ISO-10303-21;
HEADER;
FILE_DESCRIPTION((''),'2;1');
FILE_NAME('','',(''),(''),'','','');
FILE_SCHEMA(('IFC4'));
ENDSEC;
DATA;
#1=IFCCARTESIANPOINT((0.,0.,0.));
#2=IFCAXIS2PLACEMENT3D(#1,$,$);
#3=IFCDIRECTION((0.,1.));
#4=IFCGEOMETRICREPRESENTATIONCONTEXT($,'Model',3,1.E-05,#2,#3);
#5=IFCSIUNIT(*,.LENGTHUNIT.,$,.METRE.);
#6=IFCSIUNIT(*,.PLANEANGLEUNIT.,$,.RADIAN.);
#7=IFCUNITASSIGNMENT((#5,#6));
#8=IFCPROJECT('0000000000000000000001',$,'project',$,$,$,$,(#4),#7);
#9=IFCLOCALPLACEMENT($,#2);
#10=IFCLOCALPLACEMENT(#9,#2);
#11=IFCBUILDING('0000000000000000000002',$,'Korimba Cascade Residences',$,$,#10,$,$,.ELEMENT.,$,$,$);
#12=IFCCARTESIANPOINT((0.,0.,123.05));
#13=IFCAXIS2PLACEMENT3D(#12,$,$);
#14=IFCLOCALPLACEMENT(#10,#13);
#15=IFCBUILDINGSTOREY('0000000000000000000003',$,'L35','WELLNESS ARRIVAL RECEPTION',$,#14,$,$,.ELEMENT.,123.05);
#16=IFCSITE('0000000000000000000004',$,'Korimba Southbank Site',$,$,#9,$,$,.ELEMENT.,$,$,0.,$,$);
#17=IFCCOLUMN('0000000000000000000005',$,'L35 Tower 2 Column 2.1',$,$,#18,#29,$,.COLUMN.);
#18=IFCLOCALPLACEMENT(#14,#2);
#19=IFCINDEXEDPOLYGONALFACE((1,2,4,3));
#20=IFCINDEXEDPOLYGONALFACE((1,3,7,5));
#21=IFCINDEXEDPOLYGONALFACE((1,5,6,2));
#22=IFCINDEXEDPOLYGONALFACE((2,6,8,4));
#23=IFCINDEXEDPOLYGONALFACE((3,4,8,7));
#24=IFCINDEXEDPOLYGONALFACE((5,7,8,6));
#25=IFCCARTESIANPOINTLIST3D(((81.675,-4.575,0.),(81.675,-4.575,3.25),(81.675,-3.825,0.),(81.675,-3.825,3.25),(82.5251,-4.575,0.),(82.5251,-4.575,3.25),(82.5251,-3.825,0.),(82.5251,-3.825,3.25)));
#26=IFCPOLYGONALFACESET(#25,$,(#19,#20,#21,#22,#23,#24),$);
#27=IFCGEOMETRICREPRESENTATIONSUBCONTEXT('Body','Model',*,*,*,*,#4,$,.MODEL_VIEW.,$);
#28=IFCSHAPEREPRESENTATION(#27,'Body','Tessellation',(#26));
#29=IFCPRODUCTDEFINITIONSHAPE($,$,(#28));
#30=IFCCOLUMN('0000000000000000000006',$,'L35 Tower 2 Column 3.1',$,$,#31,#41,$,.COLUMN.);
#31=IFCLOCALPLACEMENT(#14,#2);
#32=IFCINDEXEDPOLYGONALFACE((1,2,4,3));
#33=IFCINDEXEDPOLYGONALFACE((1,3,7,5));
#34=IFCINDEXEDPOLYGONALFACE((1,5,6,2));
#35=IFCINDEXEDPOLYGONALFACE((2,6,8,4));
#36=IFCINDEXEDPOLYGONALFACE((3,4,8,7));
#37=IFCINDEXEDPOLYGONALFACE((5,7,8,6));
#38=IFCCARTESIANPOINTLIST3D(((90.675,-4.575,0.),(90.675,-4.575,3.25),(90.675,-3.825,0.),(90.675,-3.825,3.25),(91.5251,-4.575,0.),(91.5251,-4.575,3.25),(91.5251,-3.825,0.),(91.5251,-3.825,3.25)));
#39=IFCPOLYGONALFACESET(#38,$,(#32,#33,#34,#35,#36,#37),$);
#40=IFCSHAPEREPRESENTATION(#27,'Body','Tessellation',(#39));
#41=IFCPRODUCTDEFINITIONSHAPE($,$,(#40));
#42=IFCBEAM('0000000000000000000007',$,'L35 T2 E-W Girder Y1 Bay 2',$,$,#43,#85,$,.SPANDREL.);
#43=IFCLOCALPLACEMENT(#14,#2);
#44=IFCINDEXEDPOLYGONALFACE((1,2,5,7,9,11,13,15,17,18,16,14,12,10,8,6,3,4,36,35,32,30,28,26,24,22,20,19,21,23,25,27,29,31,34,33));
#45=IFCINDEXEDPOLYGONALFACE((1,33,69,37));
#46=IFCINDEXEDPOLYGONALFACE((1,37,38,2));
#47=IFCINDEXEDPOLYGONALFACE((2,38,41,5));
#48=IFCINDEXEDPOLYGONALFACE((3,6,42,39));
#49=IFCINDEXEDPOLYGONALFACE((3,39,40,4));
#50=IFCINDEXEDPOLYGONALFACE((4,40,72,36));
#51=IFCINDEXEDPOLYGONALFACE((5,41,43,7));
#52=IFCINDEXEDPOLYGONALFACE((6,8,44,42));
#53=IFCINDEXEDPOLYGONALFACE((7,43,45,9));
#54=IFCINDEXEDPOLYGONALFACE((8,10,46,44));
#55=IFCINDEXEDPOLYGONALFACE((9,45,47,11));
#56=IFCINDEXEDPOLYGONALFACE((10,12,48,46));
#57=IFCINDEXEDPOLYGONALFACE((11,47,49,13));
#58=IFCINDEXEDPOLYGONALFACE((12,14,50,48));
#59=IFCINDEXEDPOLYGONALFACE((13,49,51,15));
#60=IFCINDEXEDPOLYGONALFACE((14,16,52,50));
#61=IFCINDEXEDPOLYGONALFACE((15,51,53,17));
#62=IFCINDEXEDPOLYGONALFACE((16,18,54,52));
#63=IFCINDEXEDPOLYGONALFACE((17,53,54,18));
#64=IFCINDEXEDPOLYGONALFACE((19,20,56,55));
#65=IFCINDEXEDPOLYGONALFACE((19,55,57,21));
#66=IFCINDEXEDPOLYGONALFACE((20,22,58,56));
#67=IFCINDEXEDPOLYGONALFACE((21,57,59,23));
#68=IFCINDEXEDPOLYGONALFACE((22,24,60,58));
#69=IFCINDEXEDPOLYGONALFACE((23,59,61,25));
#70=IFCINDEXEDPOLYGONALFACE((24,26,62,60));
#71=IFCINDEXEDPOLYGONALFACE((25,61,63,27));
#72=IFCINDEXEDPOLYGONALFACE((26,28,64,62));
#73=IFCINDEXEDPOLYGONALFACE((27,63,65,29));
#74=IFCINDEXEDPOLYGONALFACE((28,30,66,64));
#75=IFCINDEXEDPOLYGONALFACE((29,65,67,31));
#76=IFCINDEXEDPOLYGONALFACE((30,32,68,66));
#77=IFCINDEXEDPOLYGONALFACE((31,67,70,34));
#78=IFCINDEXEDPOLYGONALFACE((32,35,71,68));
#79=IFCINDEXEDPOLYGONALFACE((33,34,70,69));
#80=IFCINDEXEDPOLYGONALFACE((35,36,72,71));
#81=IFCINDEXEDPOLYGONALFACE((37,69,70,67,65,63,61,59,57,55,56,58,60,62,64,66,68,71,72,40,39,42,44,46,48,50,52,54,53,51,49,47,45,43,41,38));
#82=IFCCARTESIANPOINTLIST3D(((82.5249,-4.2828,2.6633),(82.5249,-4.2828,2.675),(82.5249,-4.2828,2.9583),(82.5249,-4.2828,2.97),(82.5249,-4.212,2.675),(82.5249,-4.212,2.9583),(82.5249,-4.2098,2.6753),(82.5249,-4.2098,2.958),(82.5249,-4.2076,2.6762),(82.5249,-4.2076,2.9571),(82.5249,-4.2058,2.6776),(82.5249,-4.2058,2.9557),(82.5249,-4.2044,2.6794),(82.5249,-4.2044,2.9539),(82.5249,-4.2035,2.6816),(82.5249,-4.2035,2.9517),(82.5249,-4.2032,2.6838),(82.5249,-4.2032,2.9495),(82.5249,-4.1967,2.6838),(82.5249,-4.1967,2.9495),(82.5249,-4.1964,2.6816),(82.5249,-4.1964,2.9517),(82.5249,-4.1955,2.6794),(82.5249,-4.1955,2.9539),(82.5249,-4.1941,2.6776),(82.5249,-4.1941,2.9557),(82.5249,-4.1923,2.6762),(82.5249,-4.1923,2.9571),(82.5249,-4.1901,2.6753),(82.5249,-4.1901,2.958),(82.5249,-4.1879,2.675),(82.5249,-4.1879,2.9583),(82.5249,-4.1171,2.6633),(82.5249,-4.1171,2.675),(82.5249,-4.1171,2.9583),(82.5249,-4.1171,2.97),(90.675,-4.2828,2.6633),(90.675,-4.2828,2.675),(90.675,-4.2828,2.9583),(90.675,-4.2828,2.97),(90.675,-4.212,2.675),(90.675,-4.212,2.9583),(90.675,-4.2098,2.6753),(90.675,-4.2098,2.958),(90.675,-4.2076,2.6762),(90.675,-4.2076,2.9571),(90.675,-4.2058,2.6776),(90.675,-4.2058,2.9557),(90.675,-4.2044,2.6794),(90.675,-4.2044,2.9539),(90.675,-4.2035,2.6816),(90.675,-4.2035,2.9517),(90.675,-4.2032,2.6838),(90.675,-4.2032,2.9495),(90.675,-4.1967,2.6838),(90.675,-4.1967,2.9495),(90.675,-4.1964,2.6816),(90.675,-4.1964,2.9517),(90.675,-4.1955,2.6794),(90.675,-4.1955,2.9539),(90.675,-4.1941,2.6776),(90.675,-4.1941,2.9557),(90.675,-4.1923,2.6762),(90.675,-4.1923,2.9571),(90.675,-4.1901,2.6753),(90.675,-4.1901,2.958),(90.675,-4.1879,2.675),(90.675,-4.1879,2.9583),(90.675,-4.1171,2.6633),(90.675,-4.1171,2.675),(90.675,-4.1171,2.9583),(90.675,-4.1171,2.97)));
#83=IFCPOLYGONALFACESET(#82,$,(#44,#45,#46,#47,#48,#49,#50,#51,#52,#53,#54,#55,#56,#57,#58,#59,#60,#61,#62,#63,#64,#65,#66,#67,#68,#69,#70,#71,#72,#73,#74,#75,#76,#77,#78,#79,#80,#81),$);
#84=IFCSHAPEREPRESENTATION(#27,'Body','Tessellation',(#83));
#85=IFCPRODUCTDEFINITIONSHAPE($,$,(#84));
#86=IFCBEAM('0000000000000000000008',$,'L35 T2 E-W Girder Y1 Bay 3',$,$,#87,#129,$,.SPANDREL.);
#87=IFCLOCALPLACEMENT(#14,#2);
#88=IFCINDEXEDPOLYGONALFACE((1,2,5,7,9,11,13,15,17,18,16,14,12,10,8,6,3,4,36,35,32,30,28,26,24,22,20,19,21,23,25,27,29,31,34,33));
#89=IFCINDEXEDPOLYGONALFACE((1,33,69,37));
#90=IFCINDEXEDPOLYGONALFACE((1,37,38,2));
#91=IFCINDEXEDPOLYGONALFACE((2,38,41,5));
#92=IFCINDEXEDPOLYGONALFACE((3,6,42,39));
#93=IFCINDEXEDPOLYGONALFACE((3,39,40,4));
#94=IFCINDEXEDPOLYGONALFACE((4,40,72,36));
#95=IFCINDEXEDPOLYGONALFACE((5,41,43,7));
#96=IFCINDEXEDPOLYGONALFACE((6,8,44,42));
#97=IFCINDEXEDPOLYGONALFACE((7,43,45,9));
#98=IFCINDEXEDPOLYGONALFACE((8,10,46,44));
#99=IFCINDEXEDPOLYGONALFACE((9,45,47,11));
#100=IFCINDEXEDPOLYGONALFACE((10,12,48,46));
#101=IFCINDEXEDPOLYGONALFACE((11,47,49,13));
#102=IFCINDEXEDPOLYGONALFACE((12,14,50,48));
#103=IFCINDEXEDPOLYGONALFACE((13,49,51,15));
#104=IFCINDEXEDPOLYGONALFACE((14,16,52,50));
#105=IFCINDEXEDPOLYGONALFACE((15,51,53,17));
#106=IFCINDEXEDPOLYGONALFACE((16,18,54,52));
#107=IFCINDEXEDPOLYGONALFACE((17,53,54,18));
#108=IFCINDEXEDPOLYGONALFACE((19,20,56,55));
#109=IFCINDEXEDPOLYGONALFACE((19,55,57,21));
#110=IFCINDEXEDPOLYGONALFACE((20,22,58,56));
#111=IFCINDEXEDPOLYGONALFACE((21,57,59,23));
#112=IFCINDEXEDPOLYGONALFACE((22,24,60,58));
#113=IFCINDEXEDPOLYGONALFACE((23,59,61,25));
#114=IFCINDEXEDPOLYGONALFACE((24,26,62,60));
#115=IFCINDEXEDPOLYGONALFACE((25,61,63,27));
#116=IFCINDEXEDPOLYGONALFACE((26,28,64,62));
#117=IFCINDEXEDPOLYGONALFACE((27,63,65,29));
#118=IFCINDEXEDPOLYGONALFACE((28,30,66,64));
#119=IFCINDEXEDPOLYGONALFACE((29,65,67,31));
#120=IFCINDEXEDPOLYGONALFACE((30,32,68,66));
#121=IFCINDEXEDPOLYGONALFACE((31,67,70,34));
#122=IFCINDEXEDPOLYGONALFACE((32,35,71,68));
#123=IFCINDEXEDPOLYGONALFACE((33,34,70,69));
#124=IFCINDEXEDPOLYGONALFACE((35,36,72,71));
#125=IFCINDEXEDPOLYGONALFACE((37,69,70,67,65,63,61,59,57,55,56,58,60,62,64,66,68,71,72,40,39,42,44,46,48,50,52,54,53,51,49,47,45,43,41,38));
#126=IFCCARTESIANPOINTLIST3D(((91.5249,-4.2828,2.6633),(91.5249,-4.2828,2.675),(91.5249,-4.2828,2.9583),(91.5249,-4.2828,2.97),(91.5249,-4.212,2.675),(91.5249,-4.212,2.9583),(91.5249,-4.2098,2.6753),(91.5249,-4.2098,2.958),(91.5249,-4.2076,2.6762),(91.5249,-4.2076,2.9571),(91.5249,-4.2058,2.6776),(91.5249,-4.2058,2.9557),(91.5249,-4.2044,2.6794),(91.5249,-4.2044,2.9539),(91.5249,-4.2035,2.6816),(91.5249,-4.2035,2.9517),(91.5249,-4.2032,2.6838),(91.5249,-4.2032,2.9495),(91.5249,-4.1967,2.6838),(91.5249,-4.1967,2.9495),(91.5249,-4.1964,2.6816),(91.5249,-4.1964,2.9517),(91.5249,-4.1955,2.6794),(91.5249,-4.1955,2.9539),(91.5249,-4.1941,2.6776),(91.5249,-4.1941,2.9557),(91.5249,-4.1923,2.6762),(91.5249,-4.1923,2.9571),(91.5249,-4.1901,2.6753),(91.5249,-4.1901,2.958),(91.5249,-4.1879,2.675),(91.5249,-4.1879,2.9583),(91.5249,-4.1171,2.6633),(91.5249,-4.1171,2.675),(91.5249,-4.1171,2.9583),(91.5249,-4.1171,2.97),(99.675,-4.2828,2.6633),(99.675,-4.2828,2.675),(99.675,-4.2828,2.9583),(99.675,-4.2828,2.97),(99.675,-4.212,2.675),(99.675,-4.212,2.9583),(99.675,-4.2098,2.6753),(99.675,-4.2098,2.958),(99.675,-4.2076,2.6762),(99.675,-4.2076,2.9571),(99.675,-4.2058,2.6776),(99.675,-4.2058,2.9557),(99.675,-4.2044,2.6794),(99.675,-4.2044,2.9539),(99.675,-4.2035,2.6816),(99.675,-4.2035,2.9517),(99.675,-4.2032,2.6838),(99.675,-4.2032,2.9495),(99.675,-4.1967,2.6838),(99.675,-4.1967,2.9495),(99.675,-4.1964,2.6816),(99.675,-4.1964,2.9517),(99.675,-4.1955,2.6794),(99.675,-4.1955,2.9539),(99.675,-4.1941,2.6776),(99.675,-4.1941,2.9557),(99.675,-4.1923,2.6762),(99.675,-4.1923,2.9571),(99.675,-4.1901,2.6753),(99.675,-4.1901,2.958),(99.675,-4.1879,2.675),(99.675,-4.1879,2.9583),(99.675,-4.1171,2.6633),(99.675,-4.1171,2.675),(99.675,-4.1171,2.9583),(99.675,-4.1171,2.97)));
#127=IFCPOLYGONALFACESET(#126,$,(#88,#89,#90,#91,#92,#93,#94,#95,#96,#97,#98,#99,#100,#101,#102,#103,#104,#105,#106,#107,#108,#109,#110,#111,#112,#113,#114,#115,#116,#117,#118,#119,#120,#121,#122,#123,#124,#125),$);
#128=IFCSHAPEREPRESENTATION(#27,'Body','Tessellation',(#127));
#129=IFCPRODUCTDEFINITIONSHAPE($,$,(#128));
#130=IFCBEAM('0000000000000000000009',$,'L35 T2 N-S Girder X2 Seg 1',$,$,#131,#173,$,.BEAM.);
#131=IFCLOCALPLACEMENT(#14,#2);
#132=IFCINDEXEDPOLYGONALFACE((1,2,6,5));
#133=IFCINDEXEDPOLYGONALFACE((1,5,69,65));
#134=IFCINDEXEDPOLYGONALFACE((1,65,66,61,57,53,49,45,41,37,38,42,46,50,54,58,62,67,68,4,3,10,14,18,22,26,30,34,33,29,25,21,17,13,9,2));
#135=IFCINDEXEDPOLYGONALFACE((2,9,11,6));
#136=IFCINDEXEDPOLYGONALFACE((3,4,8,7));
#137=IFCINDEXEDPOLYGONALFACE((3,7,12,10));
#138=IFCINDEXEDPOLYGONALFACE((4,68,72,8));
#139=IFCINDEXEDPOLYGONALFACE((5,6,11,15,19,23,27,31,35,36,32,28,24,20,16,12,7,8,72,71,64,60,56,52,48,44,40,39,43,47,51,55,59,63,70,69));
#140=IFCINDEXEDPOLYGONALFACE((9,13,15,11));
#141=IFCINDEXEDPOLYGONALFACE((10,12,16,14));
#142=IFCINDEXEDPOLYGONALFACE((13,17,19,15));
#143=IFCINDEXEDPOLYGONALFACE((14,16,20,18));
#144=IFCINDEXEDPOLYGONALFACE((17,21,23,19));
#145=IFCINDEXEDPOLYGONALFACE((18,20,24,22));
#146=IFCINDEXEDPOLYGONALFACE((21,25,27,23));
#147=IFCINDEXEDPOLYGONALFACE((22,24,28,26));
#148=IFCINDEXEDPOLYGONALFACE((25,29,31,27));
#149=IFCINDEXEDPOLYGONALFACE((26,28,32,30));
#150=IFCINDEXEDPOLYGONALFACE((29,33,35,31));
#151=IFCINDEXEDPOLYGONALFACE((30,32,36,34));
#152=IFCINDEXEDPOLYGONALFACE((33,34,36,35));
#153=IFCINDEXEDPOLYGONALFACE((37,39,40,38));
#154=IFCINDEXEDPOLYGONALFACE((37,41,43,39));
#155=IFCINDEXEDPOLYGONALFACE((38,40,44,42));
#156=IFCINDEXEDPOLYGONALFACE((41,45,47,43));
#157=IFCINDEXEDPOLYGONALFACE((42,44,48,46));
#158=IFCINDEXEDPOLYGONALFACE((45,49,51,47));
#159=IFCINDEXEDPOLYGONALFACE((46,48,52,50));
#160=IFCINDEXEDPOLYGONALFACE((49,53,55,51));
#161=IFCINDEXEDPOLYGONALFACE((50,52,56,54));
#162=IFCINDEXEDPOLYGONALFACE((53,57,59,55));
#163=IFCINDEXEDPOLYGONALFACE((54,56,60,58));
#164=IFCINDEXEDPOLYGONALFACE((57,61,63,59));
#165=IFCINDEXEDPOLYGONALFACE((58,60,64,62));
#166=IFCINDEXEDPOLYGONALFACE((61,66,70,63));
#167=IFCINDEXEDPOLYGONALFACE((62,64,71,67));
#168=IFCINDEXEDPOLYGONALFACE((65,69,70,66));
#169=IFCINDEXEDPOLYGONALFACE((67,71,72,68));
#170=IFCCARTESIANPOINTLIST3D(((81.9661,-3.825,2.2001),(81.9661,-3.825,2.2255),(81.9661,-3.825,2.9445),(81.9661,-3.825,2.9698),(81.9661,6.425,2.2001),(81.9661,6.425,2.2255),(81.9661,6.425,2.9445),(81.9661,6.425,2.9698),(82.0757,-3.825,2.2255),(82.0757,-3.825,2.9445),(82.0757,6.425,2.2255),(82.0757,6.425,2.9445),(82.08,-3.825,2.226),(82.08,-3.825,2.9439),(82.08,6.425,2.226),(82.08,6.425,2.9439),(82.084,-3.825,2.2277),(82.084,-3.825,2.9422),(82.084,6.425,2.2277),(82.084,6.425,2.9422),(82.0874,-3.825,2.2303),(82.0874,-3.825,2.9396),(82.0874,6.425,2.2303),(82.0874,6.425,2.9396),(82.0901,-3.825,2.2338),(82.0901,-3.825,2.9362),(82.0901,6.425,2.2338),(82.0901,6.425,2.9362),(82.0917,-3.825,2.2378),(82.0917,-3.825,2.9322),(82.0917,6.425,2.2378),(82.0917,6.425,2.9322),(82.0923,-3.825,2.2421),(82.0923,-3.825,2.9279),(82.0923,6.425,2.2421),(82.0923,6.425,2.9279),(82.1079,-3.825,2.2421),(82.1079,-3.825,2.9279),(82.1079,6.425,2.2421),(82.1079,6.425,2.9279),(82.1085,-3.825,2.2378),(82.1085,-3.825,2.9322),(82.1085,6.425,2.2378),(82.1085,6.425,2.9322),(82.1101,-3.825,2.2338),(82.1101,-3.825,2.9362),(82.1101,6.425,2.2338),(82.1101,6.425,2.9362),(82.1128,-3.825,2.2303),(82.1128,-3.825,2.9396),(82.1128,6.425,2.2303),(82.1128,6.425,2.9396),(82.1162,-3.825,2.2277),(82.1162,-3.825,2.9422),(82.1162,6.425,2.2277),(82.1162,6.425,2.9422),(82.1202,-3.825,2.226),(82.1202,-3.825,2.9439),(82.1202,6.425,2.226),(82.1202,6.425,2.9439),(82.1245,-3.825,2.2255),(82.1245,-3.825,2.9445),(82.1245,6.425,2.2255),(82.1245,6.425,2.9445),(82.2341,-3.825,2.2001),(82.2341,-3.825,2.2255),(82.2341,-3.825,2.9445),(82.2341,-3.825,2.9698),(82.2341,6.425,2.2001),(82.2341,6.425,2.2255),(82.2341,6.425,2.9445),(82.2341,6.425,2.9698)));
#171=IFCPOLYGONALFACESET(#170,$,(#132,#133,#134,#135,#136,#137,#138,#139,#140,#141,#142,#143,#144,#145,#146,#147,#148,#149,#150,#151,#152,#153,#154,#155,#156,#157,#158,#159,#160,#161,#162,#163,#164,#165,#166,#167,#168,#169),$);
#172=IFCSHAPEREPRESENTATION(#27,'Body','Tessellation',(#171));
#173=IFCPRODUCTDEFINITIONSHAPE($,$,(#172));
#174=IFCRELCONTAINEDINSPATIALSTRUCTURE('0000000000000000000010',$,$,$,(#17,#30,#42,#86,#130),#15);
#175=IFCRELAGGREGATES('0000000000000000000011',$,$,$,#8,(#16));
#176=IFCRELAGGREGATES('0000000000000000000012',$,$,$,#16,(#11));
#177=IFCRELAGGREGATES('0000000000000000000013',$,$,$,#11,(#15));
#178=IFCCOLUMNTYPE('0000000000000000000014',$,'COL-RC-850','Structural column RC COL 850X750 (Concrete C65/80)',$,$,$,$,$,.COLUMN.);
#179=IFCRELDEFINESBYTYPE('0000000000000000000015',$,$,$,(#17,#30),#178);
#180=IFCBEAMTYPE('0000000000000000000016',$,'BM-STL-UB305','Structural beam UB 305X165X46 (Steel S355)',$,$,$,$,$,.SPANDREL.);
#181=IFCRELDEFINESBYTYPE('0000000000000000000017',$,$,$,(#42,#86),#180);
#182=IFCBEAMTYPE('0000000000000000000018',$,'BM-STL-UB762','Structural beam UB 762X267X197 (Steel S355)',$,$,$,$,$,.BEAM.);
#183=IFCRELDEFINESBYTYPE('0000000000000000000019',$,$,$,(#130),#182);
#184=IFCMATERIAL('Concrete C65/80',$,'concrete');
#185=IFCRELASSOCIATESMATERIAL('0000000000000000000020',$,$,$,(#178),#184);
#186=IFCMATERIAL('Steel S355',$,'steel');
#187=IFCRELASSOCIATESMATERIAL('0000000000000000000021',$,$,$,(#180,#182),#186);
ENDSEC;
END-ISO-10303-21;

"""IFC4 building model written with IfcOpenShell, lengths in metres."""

from ifc_helpers import new_model, si_unit, direction, frame, origin, origin_2d, place, context, subcontext, project, spatial, rectangle, i_section, extrude, material, material_profile, profile_set, type_object, element, save


model = new_model("IFC4")

# Units and contexts
model_context = context("Model", 3, precision=1e-05, world=origin(), true_north=direction((0.0, 1.0)))
body_context = subcontext(model_context, "Body", "Model", "MODEL_VIEW")
ifc_project = project(units=[si_unit("LENGTHUNIT", "METRE"), si_unit("PLANEANGLEUNIT", "RADIAN")], contexts=[model_context])

# Site, building, storey
site_placement = place(None, origin())
site = spatial("IfcSite", under=ifc_project, at=site_placement, Name="Korimba Southbank Site", CompositionType="ELEMENT", RefElevation=0.0)
building_placement = place(site_placement, origin())
building = spatial("IfcBuilding", under=site, at=building_placement, Name="Korimba Cascade Residences", CompositionType="ELEMENT")
storey_placement = place(building_placement, frame((0.0, 0.0, 123.05)))
storey = spatial("IfcBuildingStorey", under=building, at=storey_placement, Name="L35", Description="WELLNESS ARRIVAL RECEPTION", CompositionType="ELEMENT", Elevation=123.05)

# Columns
ifc_material_1 = material(Name="Concrete C65/80", Category="concrete")
ifc_material_profile_1 = material_profile(ifc_material_1, rectangle(XDim=0.8501, YDim=0.75, at=origin_2d()), Name="Concrete C65/80")
ifc_profile_set_1 = profile_set([ifc_material_profile_1], Name="Concrete C65/80")
column_type = type_object("IfcColumnType", Name="COL-RC-850", Description="Structural column RC COL 850X750 (Concrete C65/80)", PredefinedType="COLUMN", material=ifc_profile_set_1)
for number, where, z_axis, x_axis, name in (
    (1, (82.1001, -4.2, 0.0), (0.0, 0.0, 1.0), (1.0, 0.0, 0.0), "L35 Tower 2 Column 2.1"),
    (2, (91.1001, -4.2, 0.0), (0.0, 0.0, 1.0), (1.0, 0.0, 0.0), "L35 Tower 2 Column 3.1"),
):
    element("IfcColumn", number, at=place(storey_placement, frame(where, z_axis=z_axis, x_axis=x_axis)), inside=storey, type_object=column_type, Name=name, PredefinedType="COLUMN", context=body_context, shape_type="SweptSolid", body=[
        extrude(rectangle(XDim=0.8501, YDim=0.75, at=origin_2d()), origin(), (0.0, 0.0, 1.0), 3.25),
    ])

# Beams
ifc_material_2 = material(Name="Steel S355", Category="steel")
ifc_material_profile_2 = material_profile(ifc_material_2, i_section(OverallWidth=0.1658, OverallDepth=0.3066, WebThickness=0.0066, FlangeThickness=0.0117, FilletRadius=0.0088, at=origin_2d()), Name="Steel S355")
ifc_profile_set_2 = profile_set([ifc_material_profile_2], Name="Steel S355")
beam_type_1 = type_object("IfcBeamType", Name="BM-STL-UB305", Description="Structural beam UB 305X165X46 (Steel S355)", PredefinedType="SPANDREL", material=ifc_profile_set_2)
for number, where, z_axis, x_axis, name in (
    (3, (82.5249, -4.2, 2.8167), (1.0, 0.0, 0.0), (0.0, 1.0, 0.0), "L35 T2 E-W Girder Y1 Bay 2"),
    (4, (91.5249, -4.2, 2.8167), (1.0, 0.0, 0.0), (0.0, 1.0, 0.0), "L35 T2 E-W Girder Y1 Bay 3"),
):
    element("IfcBeam", number, at=place(storey_placement, frame(where, z_axis=z_axis, x_axis=x_axis)), inside=storey, type_object=beam_type_1, Name=name, PredefinedType="SPANDREL", context=body_context, shape_type="SweptSolid", body=[
        extrude(i_section(OverallWidth=0.1658, OverallDepth=0.3066, WebThickness=0.0066, FlangeThickness=0.0117, FilletRadius=0.0088, at=origin_2d()), origin(), (0.0, 0.0, 1.0), 8.1501),
    ])
ifc_material_profile_3 = material_profile(ifc_material_2, i_section(OverallWidth=0.2681, OverallDepth=0.7698, WebThickness=0.0156, FlangeThickness=0.0254, FilletRadius=0.0166, at=origin_2d()), Name="Steel S355")
ifc_profile_set_3 = profile_set([ifc_material_profile_3], Name="Steel S355")
beam_type_2 = type_object("IfcBeamType", Name="BM-STL-UB762", Description="Structural beam UB 762X267X197 (Steel S355)", PredefinedType="BEAM", material=ifc_profile_set_3)
for number, where, z_axis, x_axis, name in (
    (5, (82.1001, -3.825, 2.585), (0.0, 1.0, 0.0), (-1.0, 0.0, 0.0), "L35 T2 N-S Girder X2 Seg 1"),
):
    element("IfcBeam", number, at=place(storey_placement, frame(where, z_axis=z_axis, x_axis=x_axis)), inside=storey, type_object=beam_type_2, Name=name, PredefinedType="BEAM", context=body_context, shape_type="SweptSolid", body=[
        extrude(i_section(OverallWidth=0.2681, OverallDepth=0.7698, WebThickness=0.0156, FlangeThickness=0.0254, FilletRadius=0.0166, at=origin_2d()), origin(), (0.0, 0.0, 1.0), 10.25),
    ])

save(model, "model.ifc")
